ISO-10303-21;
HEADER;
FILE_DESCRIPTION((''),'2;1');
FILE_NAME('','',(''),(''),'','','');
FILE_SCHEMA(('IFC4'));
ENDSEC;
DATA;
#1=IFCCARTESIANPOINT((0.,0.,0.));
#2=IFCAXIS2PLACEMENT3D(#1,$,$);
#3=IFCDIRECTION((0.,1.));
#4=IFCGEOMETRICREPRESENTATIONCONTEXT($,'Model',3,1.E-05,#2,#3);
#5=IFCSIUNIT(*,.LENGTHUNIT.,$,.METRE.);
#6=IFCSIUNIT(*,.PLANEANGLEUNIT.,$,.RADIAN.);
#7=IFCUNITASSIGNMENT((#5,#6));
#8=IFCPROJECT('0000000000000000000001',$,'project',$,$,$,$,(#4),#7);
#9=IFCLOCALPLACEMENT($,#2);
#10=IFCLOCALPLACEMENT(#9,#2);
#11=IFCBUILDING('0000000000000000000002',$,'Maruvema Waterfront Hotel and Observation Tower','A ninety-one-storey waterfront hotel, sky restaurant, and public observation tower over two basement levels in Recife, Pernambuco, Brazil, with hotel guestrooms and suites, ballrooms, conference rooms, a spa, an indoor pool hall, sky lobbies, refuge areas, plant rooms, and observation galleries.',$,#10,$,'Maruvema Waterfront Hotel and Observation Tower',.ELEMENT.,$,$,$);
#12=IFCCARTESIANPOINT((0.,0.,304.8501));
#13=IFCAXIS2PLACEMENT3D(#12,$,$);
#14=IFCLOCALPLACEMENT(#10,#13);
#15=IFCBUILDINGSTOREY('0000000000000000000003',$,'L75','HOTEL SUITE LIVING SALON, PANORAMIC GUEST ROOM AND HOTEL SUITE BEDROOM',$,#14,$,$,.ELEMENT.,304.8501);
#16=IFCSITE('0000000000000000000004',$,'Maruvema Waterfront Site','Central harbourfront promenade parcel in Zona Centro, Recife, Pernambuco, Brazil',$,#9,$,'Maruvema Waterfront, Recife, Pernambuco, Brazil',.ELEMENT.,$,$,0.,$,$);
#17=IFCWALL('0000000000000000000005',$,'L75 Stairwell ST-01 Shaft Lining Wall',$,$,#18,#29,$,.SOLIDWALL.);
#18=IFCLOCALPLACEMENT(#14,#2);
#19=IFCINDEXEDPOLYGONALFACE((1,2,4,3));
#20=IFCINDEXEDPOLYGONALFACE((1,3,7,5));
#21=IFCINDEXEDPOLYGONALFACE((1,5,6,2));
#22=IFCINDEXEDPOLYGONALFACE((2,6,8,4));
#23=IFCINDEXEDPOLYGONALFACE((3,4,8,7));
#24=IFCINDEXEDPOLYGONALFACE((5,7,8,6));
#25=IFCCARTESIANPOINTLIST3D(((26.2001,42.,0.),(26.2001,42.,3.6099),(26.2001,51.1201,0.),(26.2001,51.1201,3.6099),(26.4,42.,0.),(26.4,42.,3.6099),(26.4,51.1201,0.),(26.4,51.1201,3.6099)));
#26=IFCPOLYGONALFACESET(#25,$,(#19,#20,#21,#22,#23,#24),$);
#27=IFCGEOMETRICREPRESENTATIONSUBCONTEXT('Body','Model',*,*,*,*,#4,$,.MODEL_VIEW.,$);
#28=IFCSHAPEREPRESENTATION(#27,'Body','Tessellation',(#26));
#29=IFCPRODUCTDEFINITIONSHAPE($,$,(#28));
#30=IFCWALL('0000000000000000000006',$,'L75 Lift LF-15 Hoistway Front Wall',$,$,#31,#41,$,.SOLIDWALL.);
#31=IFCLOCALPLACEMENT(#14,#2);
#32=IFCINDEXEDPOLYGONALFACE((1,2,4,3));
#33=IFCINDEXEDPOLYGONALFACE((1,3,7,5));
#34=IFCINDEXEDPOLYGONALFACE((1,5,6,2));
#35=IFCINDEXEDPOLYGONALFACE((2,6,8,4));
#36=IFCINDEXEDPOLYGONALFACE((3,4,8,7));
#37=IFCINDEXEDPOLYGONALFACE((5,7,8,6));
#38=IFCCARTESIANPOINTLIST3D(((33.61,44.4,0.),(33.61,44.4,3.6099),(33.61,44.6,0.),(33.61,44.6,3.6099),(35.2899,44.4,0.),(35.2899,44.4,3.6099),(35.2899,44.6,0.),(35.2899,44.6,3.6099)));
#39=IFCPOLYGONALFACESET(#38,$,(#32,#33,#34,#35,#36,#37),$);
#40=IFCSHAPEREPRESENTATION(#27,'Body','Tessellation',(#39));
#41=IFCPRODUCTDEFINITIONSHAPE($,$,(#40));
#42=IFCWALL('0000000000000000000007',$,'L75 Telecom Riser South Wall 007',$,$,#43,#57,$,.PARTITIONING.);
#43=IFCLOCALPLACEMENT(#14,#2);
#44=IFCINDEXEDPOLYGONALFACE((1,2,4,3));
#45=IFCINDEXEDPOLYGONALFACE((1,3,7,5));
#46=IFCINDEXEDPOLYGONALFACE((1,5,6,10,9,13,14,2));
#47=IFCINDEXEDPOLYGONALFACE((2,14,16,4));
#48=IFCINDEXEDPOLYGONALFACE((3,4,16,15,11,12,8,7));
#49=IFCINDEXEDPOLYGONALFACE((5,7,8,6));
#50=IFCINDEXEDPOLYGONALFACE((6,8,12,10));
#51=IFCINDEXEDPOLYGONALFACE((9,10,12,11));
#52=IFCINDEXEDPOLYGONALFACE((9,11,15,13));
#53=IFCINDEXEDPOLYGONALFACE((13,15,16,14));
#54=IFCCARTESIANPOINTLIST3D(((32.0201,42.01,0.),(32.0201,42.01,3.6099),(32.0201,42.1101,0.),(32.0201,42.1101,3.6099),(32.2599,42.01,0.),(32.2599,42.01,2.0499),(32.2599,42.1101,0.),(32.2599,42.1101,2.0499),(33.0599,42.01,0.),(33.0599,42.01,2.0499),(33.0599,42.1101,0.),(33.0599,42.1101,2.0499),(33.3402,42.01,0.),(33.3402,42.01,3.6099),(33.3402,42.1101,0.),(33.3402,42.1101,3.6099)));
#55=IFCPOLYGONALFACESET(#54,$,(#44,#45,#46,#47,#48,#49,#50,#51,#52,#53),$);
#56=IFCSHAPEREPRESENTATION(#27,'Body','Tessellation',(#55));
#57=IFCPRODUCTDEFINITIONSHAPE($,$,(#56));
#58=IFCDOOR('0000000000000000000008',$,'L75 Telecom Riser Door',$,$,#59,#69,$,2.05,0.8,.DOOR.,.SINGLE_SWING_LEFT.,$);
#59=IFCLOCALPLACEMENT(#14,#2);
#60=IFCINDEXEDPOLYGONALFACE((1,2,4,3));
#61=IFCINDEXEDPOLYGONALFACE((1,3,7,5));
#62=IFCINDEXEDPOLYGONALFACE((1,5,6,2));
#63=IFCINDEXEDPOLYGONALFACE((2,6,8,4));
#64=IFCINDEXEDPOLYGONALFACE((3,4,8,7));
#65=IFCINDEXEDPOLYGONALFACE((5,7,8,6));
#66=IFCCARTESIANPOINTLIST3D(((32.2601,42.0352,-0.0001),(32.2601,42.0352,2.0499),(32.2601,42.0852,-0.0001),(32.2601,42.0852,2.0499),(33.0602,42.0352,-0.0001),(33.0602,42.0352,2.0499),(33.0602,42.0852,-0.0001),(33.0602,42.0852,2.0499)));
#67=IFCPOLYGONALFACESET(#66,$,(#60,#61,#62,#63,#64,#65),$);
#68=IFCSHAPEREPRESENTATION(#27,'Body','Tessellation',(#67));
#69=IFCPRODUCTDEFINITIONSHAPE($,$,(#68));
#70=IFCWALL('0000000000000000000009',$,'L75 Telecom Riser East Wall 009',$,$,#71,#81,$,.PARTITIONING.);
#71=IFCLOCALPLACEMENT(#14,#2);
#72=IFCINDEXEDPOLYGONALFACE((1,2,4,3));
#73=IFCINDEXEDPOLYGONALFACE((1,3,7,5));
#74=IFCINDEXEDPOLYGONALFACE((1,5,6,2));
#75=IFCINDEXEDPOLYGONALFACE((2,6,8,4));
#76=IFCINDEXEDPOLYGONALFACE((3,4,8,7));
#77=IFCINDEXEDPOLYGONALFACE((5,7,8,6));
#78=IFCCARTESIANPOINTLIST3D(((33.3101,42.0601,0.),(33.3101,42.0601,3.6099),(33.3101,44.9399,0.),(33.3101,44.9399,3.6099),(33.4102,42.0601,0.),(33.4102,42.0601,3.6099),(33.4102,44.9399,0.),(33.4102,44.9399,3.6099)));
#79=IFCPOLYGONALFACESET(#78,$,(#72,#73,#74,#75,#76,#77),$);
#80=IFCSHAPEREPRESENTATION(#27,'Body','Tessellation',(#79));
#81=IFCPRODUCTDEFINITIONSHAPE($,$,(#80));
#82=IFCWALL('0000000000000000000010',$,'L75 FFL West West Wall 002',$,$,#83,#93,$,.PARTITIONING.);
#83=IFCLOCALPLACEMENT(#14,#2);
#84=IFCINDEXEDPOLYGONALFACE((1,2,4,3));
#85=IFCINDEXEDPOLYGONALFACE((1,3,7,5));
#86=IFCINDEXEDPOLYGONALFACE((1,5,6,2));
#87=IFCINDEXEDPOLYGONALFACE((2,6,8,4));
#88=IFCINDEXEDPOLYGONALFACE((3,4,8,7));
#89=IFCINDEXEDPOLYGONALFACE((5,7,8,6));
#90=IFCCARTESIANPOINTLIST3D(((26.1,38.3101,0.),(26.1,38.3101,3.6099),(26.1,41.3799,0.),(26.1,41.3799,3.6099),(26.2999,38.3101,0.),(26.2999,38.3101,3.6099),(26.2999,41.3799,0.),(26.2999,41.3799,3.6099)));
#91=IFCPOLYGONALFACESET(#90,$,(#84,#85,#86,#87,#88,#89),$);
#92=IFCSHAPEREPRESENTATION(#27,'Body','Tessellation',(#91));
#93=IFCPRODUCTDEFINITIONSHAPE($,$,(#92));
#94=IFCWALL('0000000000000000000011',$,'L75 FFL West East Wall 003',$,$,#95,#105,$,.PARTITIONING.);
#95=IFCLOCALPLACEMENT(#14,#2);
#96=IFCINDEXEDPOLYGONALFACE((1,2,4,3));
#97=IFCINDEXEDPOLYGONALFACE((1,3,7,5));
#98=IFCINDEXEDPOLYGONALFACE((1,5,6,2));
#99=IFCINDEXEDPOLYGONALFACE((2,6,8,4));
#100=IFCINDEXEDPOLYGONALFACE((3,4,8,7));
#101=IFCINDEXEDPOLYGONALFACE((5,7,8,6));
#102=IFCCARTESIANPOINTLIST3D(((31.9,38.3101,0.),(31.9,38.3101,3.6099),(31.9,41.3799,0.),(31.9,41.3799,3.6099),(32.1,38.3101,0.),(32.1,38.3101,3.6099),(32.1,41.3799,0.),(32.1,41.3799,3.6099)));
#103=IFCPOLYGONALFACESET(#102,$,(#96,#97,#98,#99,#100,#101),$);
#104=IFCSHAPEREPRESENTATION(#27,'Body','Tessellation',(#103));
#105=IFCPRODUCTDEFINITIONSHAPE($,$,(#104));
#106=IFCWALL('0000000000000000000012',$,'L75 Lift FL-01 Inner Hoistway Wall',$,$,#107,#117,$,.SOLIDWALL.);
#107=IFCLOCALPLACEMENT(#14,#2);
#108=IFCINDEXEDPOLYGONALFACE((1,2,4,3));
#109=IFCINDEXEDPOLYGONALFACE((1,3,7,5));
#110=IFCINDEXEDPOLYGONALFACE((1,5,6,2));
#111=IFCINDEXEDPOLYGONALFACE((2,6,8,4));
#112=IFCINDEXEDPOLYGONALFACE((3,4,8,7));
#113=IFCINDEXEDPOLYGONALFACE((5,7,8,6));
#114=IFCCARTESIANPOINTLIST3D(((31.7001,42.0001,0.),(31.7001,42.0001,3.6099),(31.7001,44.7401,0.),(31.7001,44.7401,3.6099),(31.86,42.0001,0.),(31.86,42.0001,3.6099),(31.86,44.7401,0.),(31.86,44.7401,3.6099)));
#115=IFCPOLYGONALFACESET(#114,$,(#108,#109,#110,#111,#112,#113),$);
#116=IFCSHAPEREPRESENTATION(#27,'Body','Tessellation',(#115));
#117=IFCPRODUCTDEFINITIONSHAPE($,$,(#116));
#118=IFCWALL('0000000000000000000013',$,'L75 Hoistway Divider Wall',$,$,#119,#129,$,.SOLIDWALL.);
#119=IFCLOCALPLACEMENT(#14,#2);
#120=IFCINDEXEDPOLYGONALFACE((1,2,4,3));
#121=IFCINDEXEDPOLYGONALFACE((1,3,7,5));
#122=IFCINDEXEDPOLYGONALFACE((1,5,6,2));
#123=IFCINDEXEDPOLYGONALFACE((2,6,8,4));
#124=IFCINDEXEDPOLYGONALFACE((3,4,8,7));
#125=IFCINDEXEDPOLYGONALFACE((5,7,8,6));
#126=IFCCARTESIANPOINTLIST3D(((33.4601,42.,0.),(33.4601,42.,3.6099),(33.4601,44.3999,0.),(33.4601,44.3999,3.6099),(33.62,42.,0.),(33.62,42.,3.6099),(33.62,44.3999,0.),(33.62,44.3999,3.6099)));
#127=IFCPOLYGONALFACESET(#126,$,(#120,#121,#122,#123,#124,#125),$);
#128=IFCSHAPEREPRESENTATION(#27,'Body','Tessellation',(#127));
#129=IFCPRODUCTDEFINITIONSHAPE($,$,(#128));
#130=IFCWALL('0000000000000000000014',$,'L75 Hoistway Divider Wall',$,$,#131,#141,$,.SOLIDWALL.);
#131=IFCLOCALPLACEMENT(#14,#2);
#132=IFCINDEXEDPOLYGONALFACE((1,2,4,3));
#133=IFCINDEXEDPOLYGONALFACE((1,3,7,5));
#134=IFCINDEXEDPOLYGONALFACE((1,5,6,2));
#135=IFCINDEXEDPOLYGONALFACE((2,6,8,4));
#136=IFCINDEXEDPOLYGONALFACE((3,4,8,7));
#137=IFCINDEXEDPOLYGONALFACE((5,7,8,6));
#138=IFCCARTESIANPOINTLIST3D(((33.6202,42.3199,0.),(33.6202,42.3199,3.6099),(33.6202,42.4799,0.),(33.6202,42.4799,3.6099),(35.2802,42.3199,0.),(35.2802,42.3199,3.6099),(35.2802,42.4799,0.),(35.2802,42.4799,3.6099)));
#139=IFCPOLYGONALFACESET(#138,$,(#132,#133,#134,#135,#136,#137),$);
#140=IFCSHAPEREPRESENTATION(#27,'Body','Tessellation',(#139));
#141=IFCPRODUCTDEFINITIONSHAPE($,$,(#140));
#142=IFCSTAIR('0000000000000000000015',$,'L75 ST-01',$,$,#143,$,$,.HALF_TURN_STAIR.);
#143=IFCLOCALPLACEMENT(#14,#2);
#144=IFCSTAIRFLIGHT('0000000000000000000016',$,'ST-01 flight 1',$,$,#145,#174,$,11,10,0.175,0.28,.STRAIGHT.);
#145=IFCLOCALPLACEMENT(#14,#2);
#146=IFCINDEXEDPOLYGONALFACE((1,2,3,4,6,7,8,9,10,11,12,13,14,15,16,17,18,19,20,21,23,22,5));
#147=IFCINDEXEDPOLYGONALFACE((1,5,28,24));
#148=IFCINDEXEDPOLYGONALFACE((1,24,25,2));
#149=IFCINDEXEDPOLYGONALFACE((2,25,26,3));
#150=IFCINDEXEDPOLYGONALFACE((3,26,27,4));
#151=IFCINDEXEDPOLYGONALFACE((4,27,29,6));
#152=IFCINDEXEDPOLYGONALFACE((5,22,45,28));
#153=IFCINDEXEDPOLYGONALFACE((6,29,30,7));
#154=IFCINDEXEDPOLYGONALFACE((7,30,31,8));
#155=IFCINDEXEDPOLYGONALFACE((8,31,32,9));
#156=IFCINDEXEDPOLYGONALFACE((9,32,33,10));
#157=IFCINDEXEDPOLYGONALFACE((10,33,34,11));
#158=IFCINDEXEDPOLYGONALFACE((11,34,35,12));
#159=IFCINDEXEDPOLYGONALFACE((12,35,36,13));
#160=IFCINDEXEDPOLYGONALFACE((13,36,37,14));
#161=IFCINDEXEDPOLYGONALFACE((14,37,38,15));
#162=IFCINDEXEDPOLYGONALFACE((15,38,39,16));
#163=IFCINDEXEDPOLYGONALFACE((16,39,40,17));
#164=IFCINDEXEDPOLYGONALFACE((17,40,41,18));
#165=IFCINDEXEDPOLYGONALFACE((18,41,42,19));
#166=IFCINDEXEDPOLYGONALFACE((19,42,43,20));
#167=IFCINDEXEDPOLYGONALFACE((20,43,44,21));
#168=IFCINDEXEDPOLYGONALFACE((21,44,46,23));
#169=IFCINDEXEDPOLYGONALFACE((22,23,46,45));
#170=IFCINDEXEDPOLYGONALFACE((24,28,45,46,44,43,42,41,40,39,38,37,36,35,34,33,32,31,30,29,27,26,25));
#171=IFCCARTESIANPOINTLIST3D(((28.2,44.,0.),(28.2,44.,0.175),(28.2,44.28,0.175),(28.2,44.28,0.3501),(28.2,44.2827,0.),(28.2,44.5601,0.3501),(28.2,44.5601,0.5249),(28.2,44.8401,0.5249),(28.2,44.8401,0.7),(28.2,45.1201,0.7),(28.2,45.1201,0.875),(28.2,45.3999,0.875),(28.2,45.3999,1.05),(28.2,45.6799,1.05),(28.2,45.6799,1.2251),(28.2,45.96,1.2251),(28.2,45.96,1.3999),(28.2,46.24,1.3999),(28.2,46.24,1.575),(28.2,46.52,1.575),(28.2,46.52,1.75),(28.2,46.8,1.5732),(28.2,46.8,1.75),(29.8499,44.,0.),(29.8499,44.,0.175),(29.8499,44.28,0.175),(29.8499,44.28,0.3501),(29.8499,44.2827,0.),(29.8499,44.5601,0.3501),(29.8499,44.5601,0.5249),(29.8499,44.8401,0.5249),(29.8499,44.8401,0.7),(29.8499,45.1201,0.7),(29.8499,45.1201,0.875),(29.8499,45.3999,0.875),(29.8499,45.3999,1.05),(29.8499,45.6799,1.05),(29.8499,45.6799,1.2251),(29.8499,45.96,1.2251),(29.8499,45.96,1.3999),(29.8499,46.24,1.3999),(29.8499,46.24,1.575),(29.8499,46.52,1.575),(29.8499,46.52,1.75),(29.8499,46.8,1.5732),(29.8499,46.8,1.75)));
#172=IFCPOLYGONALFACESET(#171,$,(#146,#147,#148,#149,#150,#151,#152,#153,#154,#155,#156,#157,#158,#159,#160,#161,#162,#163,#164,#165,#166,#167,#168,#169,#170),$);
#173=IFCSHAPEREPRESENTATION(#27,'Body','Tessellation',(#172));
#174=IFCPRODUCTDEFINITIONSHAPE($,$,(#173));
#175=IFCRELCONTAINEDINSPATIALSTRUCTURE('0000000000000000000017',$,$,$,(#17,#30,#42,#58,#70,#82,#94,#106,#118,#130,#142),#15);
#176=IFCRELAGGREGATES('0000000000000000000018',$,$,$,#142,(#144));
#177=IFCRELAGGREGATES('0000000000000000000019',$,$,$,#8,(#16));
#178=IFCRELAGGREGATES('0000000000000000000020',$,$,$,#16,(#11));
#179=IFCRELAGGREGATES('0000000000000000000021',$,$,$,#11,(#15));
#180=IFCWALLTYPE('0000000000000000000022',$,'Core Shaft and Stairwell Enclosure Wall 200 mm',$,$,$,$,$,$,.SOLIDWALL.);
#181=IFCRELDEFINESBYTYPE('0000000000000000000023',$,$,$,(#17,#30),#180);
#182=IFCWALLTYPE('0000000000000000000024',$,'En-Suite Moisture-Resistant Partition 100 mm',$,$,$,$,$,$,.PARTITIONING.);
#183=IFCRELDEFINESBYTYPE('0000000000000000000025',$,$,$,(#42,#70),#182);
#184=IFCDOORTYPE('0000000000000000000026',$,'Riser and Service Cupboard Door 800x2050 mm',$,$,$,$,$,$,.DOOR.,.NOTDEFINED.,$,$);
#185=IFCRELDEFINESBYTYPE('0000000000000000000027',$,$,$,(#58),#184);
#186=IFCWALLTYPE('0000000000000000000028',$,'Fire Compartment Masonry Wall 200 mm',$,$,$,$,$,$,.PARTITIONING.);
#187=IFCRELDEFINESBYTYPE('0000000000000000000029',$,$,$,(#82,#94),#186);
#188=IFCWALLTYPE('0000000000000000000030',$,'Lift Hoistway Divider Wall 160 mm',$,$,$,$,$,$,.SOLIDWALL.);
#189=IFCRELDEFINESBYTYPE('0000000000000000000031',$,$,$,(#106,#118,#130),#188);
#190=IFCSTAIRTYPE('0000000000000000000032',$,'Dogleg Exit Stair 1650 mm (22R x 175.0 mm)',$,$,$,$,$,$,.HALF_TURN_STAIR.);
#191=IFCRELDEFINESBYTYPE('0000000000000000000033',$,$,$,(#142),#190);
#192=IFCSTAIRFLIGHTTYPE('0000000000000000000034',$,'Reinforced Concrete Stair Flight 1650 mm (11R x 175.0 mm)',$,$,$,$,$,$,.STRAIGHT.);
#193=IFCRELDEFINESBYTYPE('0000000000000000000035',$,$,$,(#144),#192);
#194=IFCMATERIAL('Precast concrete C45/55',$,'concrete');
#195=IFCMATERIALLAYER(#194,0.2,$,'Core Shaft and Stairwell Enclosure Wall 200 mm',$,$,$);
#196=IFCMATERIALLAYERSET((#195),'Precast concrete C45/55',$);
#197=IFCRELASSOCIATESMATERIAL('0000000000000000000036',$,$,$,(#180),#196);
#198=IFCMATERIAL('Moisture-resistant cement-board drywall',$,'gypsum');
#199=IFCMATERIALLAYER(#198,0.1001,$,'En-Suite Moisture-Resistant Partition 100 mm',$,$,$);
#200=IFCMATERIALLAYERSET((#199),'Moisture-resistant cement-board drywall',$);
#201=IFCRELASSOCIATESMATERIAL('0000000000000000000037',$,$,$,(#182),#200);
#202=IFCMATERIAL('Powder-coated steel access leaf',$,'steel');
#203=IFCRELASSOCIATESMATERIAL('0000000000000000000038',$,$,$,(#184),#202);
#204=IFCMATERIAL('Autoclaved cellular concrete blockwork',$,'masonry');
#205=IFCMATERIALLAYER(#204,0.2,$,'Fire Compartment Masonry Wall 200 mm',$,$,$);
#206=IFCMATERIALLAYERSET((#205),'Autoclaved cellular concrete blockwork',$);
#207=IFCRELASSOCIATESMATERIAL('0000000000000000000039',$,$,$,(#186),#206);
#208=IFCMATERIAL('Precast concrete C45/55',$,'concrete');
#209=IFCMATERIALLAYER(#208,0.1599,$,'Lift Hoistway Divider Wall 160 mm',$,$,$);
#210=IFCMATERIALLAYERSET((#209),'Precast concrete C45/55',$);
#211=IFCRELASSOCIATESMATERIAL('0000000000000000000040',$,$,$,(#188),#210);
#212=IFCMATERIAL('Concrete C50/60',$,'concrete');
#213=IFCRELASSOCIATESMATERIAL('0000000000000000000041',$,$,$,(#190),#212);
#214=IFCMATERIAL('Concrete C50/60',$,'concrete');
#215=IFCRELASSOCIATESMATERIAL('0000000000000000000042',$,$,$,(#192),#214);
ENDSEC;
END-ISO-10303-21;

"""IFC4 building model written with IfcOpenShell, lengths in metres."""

from ifc_helpers import new_model, si_unit, direction, frame, frame_2d, origin, place, context, subcontext, project, spatial, polyline, rectangle, outline, extrude, material, layer, layer_set, type_object, element, fill, aggregate, save


model = new_model("IFC4")

# Units and contexts
model_context = context("Model", 3, precision=1e-05, world=origin(), true_north=direction((0.0, 1.0)))
body_context = subcontext(model_context, "Body", "Model", "MODEL_VIEW")
ifc_project = project(units=[si_unit("LENGTHUNIT", "METRE"), si_unit("PLANEANGLEUNIT", "RADIAN")], contexts=[model_context])

# Site, building, storey
site_placement = place(None, origin())
site = spatial("IfcSite", under=ifc_project, at=site_placement, Name="Maruvema Waterfront Site", Description="Central harbourfront promenade parcel in Zona Centro, Recife, Pernambuco, Brazil", LongName="Maruvema Waterfront, Recife, Pernambuco, Brazil", CompositionType="ELEMENT", RefElevation=0.0)
building_placement = place(site_placement, origin())
building = spatial("IfcBuilding", under=site, at=building_placement, Name="Maruvema Waterfront Hotel and Observation Tower", Description="A ninety-one-storey waterfront hotel, sky restaurant, and public observation tower over two basement levels in Recife, Pernambuco, Brazil, with hotel guestrooms and suites, ballrooms, conference rooms, a spa, an indoor pool hall, sky lobbies, refuge areas, plant rooms, and observation galleries.", LongName="Maruvema Waterfront Hotel and Observation Tower", CompositionType="ELEMENT")
storey_placement = place(building_placement, frame((0.0, 0.0, 304.8501)))
storey = spatial("IfcBuildingStorey", under=building, at=storey_placement, Name="L75", Description="HOTEL SUITE LIVING SALON, PANORAMIC GUEST ROOM AND HOTEL SUITE BEDROOM", CompositionType="ELEMENT", Elevation=304.8501)

# Walls
ifc_material_1 = material(Name="Precast concrete C45/55", Category="concrete")
ifc_layer_1 = layer(ifc_material_1, 0.2, Name="Core Shaft and Stairwell Enclosure Wall 200 mm")
ifc_layer_set_1 = layer_set([ifc_layer_1], Name="Precast concrete C45/55")
wall_type_1 = type_object("IfcWallType", Name="Core Shaft and Stairwell Enclosure Wall 200 mm", PredefinedType="SOLIDWALL", material=ifc_layer_set_1)
wall_1_placement = place(storey_placement, frame((26.3, 42.0, 0.0), z_axis=(0.0, 0.0, 1.0), x_axis=(0.0, 1.0, 0.0)))
element("IfcWall", 1, at=wall_1_placement, inside=storey, type_object=wall_type_1, Name="L75 Stairwell ST-01 Shaft Lining Wall", PredefinedType="SOLIDWALL", context=body_context, shape_type="SweptSolid", body=[
    extrude(rectangle(XDim=9.1201, YDim=0.2, at=frame_2d((4.5601, 0.0))), origin(), (0.0, 0.0, 1.0), 3.6099),
])
wall_2_placement = place(storey_placement, frame((33.6101, 44.5, 0.0), z_axis=(0.0, 0.0, 1.0), x_axis=(1.0, 0.0, 0.0)))
element("IfcWall", 2, at=wall_2_placement, inside=storey, type_object=wall_type_1, Name="L75 Lift LF-15 Hoistway Front Wall", PredefinedType="SOLIDWALL", context=body_context, shape_type="SweptSolid", body=[
    extrude(rectangle(XDim=1.6799, YDim=0.2, at=frame_2d((0.8398, 0.0))), origin(), (0.0, 0.0, 1.0), 3.6099),
])

# Wall, opening, door
ifc_material_2 = material(Name="Moisture-resistant cement-board drywall", Category="gypsum")
ifc_layer_2 = layer(ifc_material_2, 0.1001, Name="En-Suite Moisture-Resistant Partition 100 mm")
ifc_layer_set_2 = layer_set([ifc_layer_2], Name="Moisture-resistant cement-board drywall")
wall_type_2 = type_object("IfcWallType", Name="En-Suite Moisture-Resistant Partition 100 mm", PredefinedType="PARTITIONING", material=ifc_layer_set_2)
wall_3_placement = place(storey_placement, frame((32.02, 42.0601, 0.0), z_axis=(0.0, 0.0, 1.0), x_axis=(1.0, 0.0, 0.0)))
wall_3 = element("IfcWall", 3, at=wall_3_placement, inside=storey, type_object=wall_type_2, Name="L75 Telecom Riser South Wall 007", PredefinedType="PARTITIONING", context=body_context, shape_type="SweptSolid", body=[
    extrude(rectangle(XDim=1.3201, YDim=0.1001, at=frame_2d((0.6602, 0.0))), origin(), (0.0, 0.0, 1.0), 3.6099),
])
opening_1_placement = place(wall_3_placement, frame((0.24, 0.0, 0.0)))
opening_1 = element("IfcOpeningElement", 4, at=opening_1_placement, cuts=wall_3, PredefinedType="OPENING", context=body_context, shape_type="SweptSolid", body=[
    extrude(rectangle(XDim=0.8, YDim=2.05, at=frame_2d((0.3999, 1.0249))), frame((0.0, 0.0601, 0.0), z_axis=(0.0, -1.0, 0.0), x_axis=(1.0, 0.0, 0.0)), (0.0, 0.0, 1.0), 0.1201),
])
ifc_material_3 = material(Name="Powder-coated steel access leaf", Category="steel")
door_type_1 = type_object("IfcDoorType", Name="Riser and Service Cupboard Door 800x2050 mm", OperationType="NOTDEFINED", PredefinedType="DOOR", material=ifc_material_3)
door_1_placement = place(opening_1_placement, frame((0.8, 0.0, 0.0), z_axis=(0.0, 0.0, 1.0), x_axis=(-1.0, 0.0, 0.0)))
door_1 = element("IfcDoor", 5, at=door_1_placement, inside=storey, type_object=door_type_1, Name="L75 Telecom Riser Door", OperationType="SINGLE_SWING_LEFT", OverallHeight=2.05, OverallWidth=0.8, PredefinedType="DOOR", context=body_context, shape_type="SweptSolid", body=[
    extrude(rectangle(XDim=0.8, YDim=2.05, at=frame_2d((0.3999, 1.0249))), frame((0.0, 0.0249, 0.0), z_axis=(0.0, -1.0, 0.0), x_axis=(1.0, 0.0, 0.0)), (0.0, 0.0, 1.0), 0.05),
])
fill(opening_1, door_1)

# Wall
wall_4_placement = place(storey_placement, frame((33.3601, 42.0601, 0.0), z_axis=(0.0, 0.0, 1.0), x_axis=(0.0, 1.0, 0.0)))
element("IfcWall", 6, at=wall_4_placement, inside=storey, type_object=wall_type_2, Name="L75 Telecom Riser East Wall 009", PredefinedType="PARTITIONING", context=body_context, shape_type="SweptSolid", body=[
    extrude(rectangle(XDim=2.8799, YDim=0.1001, at=frame_2d((1.4399, 0.0))), origin(), (0.0, 0.0, 1.0), 3.6099),
])

# Shared definitions
ifc_material_4 = material(Name="Autoclaved cellular concrete blockwork", Category="masonry")
ifc_layer_3 = layer(ifc_material_4, 0.2, Name="Fire Compartment Masonry Wall 200 mm")
ifc_layer_set_3 = layer_set([ifc_layer_3], Name="Autoclaved cellular concrete blockwork")
wall_type_3 = type_object("IfcWallType", Name="Fire Compartment Masonry Wall 200 mm", PredefinedType="PARTITIONING", material=ifc_layer_set_3)

# Walls
for number, where, z_axis, x_axis, name in (
    (7, (26.2, 38.3101, 0.0), (0.0, 0.0, 1.0), (0.0, 1.0, 0.0), "L75 FFL West West Wall 002"),
    (8, (32.0, 38.3101, 0.0), (0.0, 0.0, 1.0), (0.0, 1.0, 0.0), "L75 FFL West East Wall 003"),
):
    element("IfcWall", number, at=place(storey_placement, frame(where, z_axis=z_axis, x_axis=x_axis)), inside=storey, type_object=wall_type_3, Name=name, PredefinedType="PARTITIONING", context=body_context, shape_type="SweptSolid", body=[
        extrude(rectangle(XDim=3.0698, YDim=0.2, at=frame_2d((1.5349, 0.0))), origin(), (0.0, 0.0, 1.0), 3.6099),
    ])
ifc_material_5 = material(Name="Precast concrete C45/55", Category="concrete")
ifc_layer_4 = layer(ifc_material_5, 0.1599, Name="Lift Hoistway Divider Wall 160 mm")
ifc_layer_set_4 = layer_set([ifc_layer_4], Name="Precast concrete C45/55")
wall_type_4 = type_object("IfcWallType", Name="Lift Hoistway Divider Wall 160 mm", PredefinedType="SOLIDWALL", material=ifc_layer_set_4)
wall_5_placement = place(storey_placement, frame((31.78, 42.0, 0.0), z_axis=(0.0, 0.0, 1.0), x_axis=(0.0, 1.0, 0.0)))
element("IfcWall", 9, at=wall_5_placement, inside=storey, type_object=wall_type_4, Name="L75 Lift FL-01 Inner Hoistway Wall", PredefinedType="SOLIDWALL", context=body_context, shape_type="SweptSolid", body=[
    extrude(rectangle(XDim=2.74, YDim=0.1599, at=frame_2d((1.3701, 0.0))), origin(), (0.0, 0.0, 1.0), 3.6099),
])
wall_6_placement = place(storey_placement, frame((33.54, 42.0, 0.0), z_axis=(0.0, 0.0, 1.0), x_axis=(0.0, 1.0, 0.0)))
element("IfcWall", 10, at=wall_6_placement, inside=storey, type_object=wall_type_4, Name="L75 Hoistway Divider Wall", PredefinedType="SOLIDWALL", context=body_context, shape_type="SweptSolid", body=[
    extrude(rectangle(XDim=2.3999, YDim=0.1599, at=frame_2d((1.2, 0.0))), origin(), (0.0, 0.0, 1.0), 3.6099),
])
wall_7_placement = place(storey_placement, frame((33.6201, 42.3999, 0.0), z_axis=(0.0, 0.0, 1.0), x_axis=(1.0, 0.0, 0.0)))
element("IfcWall", 11, at=wall_7_placement, inside=storey, type_object=wall_type_4, Name="L75 Hoistway Divider Wall", PredefinedType="SOLIDWALL", context=body_context, shape_type="SweptSolid", body=[
    extrude(rectangle(XDim=1.6599, YDim=0.1599, at=frame_2d((0.8301, 0.0))), origin(), (0.0, 0.0, 1.0), 3.6099),
])

# Stair, stair flight
ifc_material_6 = material(Name="Concrete C50/60", Category="concrete")
stair_type = type_object("IfcStairType", Name="Dogleg Exit Stair 1650 mm (22R x 175.0 mm)", PredefinedType="HALF_TURN_STAIR", material=ifc_material_6)
stair_placement = place(storey_placement, origin())
stair = element("IfcStair", 12, at=stair_placement, inside=storey, type_object=stair_type, Name="L75 ST-01", PredefinedType="HALF_TURN_STAIR")
ifc_material_7 = material(Name="Concrete C50/60", Category="concrete")
stair_flight_type = type_object("IfcStairFlightType", Name="Reinforced Concrete Stair Flight 1650 mm (11R x 175.0 mm)", PredefinedType="STRAIGHT", material=ifc_material_7)
stair_flight_placement = place(storey_placement, frame((29.0249, 44.0, 0.0), z_axis=(0.0, 0.0, 1.0), x_axis=(0.0, 1.0, 0.0)))
stair_flight = element("IfcStairFlight", 13, at=stair_flight_placement, type_object=stair_flight_type, Name="ST-01 flight 1", NumberOfRisers=11, NumberOfTreads=10, PredefinedType="STRAIGHT", RiserHeight=0.175, TreadLength=0.28, context=body_context, shape_type="SweptSolid", body=[
    extrude(outline(polyline([(0.0, 0.0), (0.0, 0.175), (0.28, 0.175), (0.28, 0.3501), (0.5601, 0.3501), (0.5601, 0.5249), (0.8401, 0.5249), (0.8401, 0.7), (1.1201, 0.7), (1.1201, 0.875), (1.3999, 0.875), (1.3999, 1.05), (1.6799, 1.05), (1.6799, 1.2251), (1.96, 1.2251), (1.96, 1.3999), (2.24, 1.3999), (2.24, 1.575), (2.52, 1.575), (2.52, 1.75), (2.8, 1.75), (2.8, 1.925), (2.8, 1.5732), (0.2827, 0.0), (0.0, 0.0)])), frame((0.0, 0.825, 0.0), z_axis=(0.0, -1.0, 0.0), x_axis=(1.0, 0.0, 0.0)), (0.0, 0.0, 1.0), 1.6499),
])
aggregate(stair, [stair_flight])

save(model, "model.ifc")
